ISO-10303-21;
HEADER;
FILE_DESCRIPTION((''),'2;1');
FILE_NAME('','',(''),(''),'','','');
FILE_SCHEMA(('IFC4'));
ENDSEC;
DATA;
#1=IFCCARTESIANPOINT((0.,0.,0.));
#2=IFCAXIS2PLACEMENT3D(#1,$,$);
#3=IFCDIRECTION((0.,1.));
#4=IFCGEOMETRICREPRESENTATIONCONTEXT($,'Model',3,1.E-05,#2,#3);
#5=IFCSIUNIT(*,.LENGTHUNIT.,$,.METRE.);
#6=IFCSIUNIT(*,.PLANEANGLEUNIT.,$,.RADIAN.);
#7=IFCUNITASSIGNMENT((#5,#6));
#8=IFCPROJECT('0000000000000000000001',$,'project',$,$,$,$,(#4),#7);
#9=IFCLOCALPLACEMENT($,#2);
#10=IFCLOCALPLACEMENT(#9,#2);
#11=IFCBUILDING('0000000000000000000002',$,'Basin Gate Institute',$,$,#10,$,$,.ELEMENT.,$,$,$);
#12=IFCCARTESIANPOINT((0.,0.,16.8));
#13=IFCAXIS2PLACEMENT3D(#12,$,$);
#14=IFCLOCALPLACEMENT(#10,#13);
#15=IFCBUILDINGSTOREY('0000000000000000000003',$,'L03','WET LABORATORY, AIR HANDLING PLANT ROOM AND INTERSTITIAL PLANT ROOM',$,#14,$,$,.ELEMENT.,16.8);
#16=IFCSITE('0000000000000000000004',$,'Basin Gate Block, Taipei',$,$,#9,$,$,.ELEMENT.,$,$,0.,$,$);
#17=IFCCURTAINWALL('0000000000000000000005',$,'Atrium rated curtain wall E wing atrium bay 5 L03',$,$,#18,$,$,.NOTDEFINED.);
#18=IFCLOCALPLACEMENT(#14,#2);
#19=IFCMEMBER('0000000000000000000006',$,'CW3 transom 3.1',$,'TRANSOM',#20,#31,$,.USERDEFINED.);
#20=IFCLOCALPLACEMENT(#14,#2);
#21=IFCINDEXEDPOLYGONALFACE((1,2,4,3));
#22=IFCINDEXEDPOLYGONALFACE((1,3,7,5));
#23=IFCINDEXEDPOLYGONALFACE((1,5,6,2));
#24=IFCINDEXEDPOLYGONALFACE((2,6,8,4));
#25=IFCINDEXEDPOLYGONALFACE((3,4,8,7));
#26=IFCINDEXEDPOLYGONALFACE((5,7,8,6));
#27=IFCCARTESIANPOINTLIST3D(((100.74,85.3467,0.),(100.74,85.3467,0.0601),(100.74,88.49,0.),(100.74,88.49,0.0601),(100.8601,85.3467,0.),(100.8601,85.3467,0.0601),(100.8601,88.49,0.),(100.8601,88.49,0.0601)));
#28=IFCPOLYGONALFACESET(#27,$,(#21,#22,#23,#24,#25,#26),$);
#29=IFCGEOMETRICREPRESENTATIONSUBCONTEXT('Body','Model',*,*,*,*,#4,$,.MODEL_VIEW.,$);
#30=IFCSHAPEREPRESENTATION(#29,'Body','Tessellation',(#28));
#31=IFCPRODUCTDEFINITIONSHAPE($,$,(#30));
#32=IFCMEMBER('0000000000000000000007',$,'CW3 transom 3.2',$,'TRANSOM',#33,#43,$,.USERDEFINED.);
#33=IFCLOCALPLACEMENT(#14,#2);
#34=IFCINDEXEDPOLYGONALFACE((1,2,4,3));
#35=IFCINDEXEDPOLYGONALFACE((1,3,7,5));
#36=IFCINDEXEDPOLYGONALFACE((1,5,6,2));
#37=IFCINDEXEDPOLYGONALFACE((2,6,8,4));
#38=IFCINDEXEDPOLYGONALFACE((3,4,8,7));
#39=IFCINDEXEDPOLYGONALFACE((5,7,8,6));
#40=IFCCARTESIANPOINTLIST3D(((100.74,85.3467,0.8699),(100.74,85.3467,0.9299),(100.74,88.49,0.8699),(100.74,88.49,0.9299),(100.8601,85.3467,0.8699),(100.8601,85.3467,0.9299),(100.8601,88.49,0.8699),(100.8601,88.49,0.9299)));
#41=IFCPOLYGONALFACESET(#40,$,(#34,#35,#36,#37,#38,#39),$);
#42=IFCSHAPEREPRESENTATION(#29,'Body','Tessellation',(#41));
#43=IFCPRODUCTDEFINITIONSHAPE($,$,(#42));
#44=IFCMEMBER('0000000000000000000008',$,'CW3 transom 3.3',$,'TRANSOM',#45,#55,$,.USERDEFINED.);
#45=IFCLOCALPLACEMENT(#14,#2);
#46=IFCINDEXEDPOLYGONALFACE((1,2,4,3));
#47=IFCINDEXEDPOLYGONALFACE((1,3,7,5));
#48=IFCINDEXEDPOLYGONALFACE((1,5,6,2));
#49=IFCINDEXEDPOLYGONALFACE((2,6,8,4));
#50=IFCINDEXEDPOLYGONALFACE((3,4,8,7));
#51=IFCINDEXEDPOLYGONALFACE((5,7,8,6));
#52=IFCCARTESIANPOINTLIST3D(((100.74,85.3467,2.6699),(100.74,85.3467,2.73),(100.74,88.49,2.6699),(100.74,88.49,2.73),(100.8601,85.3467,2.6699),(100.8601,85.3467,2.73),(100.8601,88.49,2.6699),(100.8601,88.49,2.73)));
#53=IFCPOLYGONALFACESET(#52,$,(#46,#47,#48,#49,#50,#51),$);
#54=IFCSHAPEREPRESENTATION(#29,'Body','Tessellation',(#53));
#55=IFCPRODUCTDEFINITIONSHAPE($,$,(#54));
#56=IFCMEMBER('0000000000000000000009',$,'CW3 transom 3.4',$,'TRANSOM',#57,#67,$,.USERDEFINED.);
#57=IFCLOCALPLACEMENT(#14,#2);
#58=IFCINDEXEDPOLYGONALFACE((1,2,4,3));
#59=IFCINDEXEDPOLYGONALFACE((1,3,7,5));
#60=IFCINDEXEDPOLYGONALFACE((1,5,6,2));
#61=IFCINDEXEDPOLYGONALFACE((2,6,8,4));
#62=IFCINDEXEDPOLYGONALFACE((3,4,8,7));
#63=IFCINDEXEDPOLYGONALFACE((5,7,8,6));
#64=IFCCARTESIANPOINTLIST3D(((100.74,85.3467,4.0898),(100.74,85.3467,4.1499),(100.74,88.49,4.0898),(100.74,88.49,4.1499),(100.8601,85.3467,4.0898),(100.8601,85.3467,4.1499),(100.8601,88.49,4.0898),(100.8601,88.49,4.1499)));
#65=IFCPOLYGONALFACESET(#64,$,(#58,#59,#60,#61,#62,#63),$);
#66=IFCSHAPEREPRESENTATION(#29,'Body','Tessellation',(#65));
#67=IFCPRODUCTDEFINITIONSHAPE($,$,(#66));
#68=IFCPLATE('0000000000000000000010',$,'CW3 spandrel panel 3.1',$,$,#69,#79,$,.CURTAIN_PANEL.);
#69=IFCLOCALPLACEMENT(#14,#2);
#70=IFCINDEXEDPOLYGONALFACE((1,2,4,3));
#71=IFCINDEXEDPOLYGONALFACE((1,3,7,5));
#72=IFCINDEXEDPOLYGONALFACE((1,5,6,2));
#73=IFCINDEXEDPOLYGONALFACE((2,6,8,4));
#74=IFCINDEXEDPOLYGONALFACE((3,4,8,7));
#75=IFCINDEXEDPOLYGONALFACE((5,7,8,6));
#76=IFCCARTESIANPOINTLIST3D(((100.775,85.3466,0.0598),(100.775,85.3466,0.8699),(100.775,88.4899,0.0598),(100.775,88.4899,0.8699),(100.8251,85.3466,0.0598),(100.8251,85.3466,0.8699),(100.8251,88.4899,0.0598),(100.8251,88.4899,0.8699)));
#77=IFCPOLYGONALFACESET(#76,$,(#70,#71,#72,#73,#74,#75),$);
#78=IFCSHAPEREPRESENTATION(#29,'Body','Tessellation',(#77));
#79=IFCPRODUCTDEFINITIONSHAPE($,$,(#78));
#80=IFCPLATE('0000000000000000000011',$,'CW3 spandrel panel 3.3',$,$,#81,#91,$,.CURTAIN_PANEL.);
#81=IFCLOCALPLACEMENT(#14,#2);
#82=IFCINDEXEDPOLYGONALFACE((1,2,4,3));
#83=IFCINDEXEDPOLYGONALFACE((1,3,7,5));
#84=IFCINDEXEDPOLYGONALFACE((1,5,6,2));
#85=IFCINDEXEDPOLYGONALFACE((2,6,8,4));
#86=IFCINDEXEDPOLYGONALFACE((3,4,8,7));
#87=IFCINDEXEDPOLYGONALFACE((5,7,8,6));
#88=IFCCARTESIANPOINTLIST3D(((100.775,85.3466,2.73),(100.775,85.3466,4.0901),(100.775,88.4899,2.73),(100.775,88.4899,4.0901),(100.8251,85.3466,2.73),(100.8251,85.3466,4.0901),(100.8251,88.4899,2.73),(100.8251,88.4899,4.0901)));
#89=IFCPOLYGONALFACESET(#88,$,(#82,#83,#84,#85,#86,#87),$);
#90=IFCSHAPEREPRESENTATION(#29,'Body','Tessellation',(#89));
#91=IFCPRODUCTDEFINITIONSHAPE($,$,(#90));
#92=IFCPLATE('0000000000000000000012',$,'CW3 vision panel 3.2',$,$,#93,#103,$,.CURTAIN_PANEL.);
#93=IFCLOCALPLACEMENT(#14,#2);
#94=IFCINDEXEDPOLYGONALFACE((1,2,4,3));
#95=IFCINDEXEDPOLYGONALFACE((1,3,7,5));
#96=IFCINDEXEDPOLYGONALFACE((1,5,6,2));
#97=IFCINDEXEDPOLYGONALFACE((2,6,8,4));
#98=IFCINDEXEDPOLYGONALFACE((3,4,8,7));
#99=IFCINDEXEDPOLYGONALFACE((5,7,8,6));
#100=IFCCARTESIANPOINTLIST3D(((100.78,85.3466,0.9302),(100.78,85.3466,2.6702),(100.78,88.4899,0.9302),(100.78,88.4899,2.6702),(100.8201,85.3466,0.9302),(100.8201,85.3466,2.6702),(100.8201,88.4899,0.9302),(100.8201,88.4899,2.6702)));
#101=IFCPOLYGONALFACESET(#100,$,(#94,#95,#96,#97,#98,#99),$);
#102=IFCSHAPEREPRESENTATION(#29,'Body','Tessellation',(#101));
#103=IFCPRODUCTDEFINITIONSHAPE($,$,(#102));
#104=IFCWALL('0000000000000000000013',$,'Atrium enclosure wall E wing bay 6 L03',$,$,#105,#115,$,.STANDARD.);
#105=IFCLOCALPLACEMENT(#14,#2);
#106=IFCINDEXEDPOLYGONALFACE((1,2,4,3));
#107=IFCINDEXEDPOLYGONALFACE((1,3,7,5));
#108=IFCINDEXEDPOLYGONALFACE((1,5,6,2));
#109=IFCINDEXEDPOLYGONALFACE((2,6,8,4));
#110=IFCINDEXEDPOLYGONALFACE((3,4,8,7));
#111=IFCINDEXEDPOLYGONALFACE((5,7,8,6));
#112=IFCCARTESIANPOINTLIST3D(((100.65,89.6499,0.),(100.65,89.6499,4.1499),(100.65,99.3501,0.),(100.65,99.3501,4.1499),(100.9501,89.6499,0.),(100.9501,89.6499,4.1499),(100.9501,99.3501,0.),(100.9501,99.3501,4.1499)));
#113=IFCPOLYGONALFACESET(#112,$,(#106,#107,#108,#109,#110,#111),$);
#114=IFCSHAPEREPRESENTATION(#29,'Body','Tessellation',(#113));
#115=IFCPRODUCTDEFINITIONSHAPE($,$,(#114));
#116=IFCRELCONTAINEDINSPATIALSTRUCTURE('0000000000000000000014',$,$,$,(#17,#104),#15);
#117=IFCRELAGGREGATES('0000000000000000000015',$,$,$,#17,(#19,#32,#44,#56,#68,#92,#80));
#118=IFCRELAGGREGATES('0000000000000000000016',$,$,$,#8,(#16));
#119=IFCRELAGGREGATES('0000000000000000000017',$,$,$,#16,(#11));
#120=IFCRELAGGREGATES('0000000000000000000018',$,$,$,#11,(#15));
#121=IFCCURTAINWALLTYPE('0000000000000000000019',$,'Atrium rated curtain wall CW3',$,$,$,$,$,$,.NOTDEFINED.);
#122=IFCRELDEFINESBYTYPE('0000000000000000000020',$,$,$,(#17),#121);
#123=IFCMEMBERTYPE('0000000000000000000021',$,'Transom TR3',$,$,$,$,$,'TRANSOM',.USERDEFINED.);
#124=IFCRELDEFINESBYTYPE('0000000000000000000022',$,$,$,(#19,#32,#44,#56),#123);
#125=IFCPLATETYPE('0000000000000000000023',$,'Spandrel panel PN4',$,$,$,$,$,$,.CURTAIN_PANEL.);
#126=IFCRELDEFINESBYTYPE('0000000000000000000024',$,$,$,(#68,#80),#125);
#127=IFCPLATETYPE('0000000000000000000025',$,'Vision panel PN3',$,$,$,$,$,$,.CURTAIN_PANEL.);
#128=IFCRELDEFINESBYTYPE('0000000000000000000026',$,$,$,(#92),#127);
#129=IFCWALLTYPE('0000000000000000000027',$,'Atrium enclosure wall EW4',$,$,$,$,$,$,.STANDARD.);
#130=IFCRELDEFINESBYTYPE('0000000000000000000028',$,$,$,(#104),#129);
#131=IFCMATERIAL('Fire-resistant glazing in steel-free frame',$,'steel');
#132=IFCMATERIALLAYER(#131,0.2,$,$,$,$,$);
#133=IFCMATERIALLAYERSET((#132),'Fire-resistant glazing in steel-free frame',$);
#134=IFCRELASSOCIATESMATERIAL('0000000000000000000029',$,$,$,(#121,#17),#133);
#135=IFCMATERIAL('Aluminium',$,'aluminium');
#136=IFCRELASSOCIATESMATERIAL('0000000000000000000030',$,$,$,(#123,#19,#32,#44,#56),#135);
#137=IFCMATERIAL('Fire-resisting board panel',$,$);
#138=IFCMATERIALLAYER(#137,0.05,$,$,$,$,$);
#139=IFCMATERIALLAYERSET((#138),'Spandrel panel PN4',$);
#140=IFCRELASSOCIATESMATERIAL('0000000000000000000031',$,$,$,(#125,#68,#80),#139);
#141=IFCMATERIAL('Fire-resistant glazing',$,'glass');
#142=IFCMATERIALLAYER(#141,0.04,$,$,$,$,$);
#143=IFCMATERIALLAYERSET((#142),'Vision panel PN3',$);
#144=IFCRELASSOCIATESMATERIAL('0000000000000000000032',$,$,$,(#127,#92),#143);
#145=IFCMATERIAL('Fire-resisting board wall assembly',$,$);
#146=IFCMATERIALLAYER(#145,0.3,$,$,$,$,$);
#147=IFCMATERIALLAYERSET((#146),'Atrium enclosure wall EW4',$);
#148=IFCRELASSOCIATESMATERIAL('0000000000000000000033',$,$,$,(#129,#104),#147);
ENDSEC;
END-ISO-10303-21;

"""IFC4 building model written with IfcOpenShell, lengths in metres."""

from ifc_helpers import new_model, si_unit, direction, frame, frame_2d, origin, origin_2d, place, context, subcontext, project, spatial, rectangle, extrude, material, layer, layer_set, material_profile, profile_set, type_object, element, aggregate, save


model = new_model("IFC4")

# Units and contexts
model_context = context("Model", 3, precision=1e-05, world=origin(), true_north=direction((0.0, 1.0)))
body_context = subcontext(model_context, "Body", "Model", "MODEL_VIEW")
ifc_project = project(units=[si_unit("LENGTHUNIT", "METRE"), si_unit("PLANEANGLEUNIT", "RADIAN")], contexts=[model_context])

# Site, building, storey
site_placement = place(None, origin())
site = spatial("IfcSite", under=ifc_project, at=site_placement, Name="Basin Gate Block, Taipei", CompositionType="ELEMENT", RefElevation=0.0)
building_placement = place(site_placement, origin())
building = spatial("IfcBuilding", under=site, at=building_placement, Name="Basin Gate Institute", CompositionType="ELEMENT")
storey_placement = place(building_placement, frame((0.0, 0.0, 16.8)))
storey = spatial("IfcBuildingStorey", under=building, at=storey_placement, Name="L03", Description="WET LABORATORY, AIR HANDLING PLANT ROOM AND INTERSTITIAL PLANT ROOM", CompositionType="ELEMENT", Elevation=16.8)

# Curtain wall
ifc_material_1 = material(Name="Fire-resistant glazing in steel-free frame", Category="steel")
ifc_layer_1 = layer(ifc_material_1, 0.2)
ifc_layer_set_1 = layer_set([ifc_layer_1], Name="Fire-resistant glazing in steel-free frame")
curtain_wall_type = type_object("IfcCurtainWallType", Name="Atrium rated curtain wall CW3", PredefinedType="NOTDEFINED", material=ifc_layer_set_1)
curtain_wall_placement = place(storey_placement, origin())
curtain_wall = element("IfcCurtainWall", 1, at=curtain_wall_placement, inside=storey, type_object=curtain_wall_type, material=ifc_layer_set_1, Name="Atrium rated curtain wall E wing atrium bay 5 L03", PredefinedType="NOTDEFINED")

# Members
ifc_material_2 = material(Name="Aluminium", Category="aluminium")
ifc_material_profile_1 = material_profile(ifc_material_2, rectangle(XDim=0.1201, YDim=0.0601, at=origin_2d()), Name="Transom TR3 120 x 60")
ifc_profile_set_1 = profile_set([ifc_material_profile_1], Name="Aluminium")
member_type_1 = type_object("IfcMemberType", Name="Transom TR3", ElementType="TRANSOM", PredefinedType="USERDEFINED", material=ifc_profile_set_1)
member_1_placement = place(storey_placement, frame((100.8, 85.3467, 0.03), z_axis=(0.0, 1.0, 0.0), x_axis=(-1.0, 0.0, 0.0)))
member_1 = element("IfcMember", 2, at=member_1_placement, type_object=member_type_1, material=ifc_profile_set_1, Name="CW3 transom 3.1", ObjectType="TRANSOM", PredefinedType="USERDEFINED", context=body_context, shape_type="SweptSolid", body=[
    extrude(rectangle(XDim=0.1201, YDim=0.0601, at=origin_2d()), origin(), (0.0, 0.0, 1.0), 3.1433),
])
member_2_placement = place(storey_placement, frame((100.8, 85.3467, 0.8999), z_axis=(0.0, 1.0, 0.0), x_axis=(-1.0, 0.0, 0.0)))
member_2 = element("IfcMember", 3, at=member_2_placement, type_object=member_type_1, material=ifc_profile_set_1, Name="CW3 transom 3.2", ObjectType="TRANSOM", PredefinedType="USERDEFINED", context=body_context, shape_type="SweptSolid", body=[
    extrude(rectangle(XDim=0.1201, YDim=0.0601, at=origin_2d()), origin(), (0.0, 0.0, 1.0), 3.1433),
])
member_3_placement = place(storey_placement, frame((100.8, 85.3467, 2.7), z_axis=(0.0, 1.0, 0.0), x_axis=(-1.0, 0.0, 0.0)))
member_3 = element("IfcMember", 4, at=member_3_placement, type_object=member_type_1, material=ifc_profile_set_1, Name="CW3 transom 3.3", ObjectType="TRANSOM", PredefinedType="USERDEFINED", context=body_context, shape_type="SweptSolid", body=[
    extrude(rectangle(XDim=0.1201, YDim=0.0601, at=origin_2d()), origin(), (0.0, 0.0, 1.0), 3.1433),
])
member_4_placement = place(storey_placement, frame((100.8, 85.3467, 4.1199), z_axis=(0.0, 1.0, 0.0), x_axis=(-1.0, 0.0, 0.0)))
member_4 = element("IfcMember", 5, at=member_4_placement, type_object=member_type_1, material=ifc_profile_set_1, Name="CW3 transom 3.4", ObjectType="TRANSOM", PredefinedType="USERDEFINED", context=body_context, shape_type="SweptSolid", body=[
    extrude(rectangle(XDim=0.1201, YDim=0.0601, at=origin_2d()), origin(), (0.0, 0.0, 1.0), 3.1433),
])

# Plates
ifc_material_3 = material(Name="Fire-resisting board panel")
ifc_layer_2 = layer(ifc_material_3, 0.05)
ifc_layer_set_2 = layer_set([ifc_layer_2], Name="Spandrel panel PN4")
plate_type_1 = type_object("IfcPlateType", Name="Spandrel panel PN4", PredefinedType="CURTAIN_PANEL", material=ifc_layer_set_2)
plate_1_placement = place(storey_placement, frame((100.8, 86.9182, 0.0598), z_axis=(0.0, 0.0, 1.0), x_axis=(0.0, 1.0, 0.0)))
plate_1 = element("IfcPlate", 6, at=plate_1_placement, type_object=plate_type_1, material=ifc_layer_set_2, Name="CW3 spandrel panel 3.1", PredefinedType="CURTAIN_PANEL", context=body_context, shape_type="SweptSolid", body=[
    extrude(rectangle(XDim=3.1433, YDim=0.05, at=origin_2d()), origin(), (0.0, 0.0, 1.0), 0.8101),
])
plate_2_placement = place(storey_placement, frame((100.8, 86.9182, 2.73), z_axis=(0.0, 0.0, 1.0), x_axis=(0.0, 1.0, 0.0)))
plate_2 = element("IfcPlate", 7, at=plate_2_placement, type_object=plate_type_1, material=ifc_layer_set_2, Name="CW3 spandrel panel 3.3", PredefinedType="CURTAIN_PANEL", context=body_context, shape_type="SweptSolid", body=[
    extrude(rectangle(XDim=3.1433, YDim=0.05, at=origin_2d()), origin(), (0.0, 0.0, 1.0), 1.3601),
])
ifc_material_4 = material(Name="Fire-resistant glazing", Category="glass")
ifc_layer_3 = layer(ifc_material_4, 0.04)
ifc_layer_set_3 = layer_set([ifc_layer_3], Name="Vision panel PN3")
plate_type_2 = type_object("IfcPlateType", Name="Vision panel PN3", PredefinedType="CURTAIN_PANEL", material=ifc_layer_set_3)
plate_3_placement = place(storey_placement, frame((100.8, 86.9182, 0.9302), z_axis=(0.0, 0.0, 1.0), x_axis=(0.0, 1.0, 0.0)))
plate_3 = element("IfcPlate", 8, at=plate_3_placement, type_object=plate_type_2, material=ifc_layer_set_3, Name="CW3 vision panel 3.2", PredefinedType="CURTAIN_PANEL", context=body_context, shape_type="SweptSolid", body=[
    extrude(rectangle(XDim=3.1433, YDim=0.04, at=origin_2d()), origin(), (0.0, 0.0, 1.0), 1.74),
])
aggregate(curtain_wall, [member_1, member_2, member_3, member_4, plate_1, plate_3, plate_2])

# Wall
ifc_material_5 = material(Name="Fire-resisting board wall assembly")
ifc_layer_4 = layer(ifc_material_5, 0.3)
ifc_layer_set_4 = layer_set([ifc_layer_4], Name="Atrium enclosure wall EW4")
wall_type_1 = type_object("IfcWallType", Name="Atrium enclosure wall EW4", PredefinedType="STANDARD", material=ifc_layer_set_4)
wall_1_placement = place(storey_placement, frame((100.8, 89.6499, 0.0), z_axis=(0.0, 0.0, 1.0), x_axis=(0.0, 1.0, 0.0)))
element("IfcWall", 9, at=wall_1_placement, inside=storey, type_object=wall_type_1, material=ifc_layer_set_4, Name="Atrium enclosure wall E wing bay 6 L03", PredefinedType="STANDARD", context=body_context, shape_type="SweptSolid", body=[
    extrude(rectangle(XDim=9.7002, YDim=0.3, at=frame_2d((4.8501, 0.0))), origin(), (0.0, 0.0, 1.0), 4.1499),
])

save(model, "model.ifc")
